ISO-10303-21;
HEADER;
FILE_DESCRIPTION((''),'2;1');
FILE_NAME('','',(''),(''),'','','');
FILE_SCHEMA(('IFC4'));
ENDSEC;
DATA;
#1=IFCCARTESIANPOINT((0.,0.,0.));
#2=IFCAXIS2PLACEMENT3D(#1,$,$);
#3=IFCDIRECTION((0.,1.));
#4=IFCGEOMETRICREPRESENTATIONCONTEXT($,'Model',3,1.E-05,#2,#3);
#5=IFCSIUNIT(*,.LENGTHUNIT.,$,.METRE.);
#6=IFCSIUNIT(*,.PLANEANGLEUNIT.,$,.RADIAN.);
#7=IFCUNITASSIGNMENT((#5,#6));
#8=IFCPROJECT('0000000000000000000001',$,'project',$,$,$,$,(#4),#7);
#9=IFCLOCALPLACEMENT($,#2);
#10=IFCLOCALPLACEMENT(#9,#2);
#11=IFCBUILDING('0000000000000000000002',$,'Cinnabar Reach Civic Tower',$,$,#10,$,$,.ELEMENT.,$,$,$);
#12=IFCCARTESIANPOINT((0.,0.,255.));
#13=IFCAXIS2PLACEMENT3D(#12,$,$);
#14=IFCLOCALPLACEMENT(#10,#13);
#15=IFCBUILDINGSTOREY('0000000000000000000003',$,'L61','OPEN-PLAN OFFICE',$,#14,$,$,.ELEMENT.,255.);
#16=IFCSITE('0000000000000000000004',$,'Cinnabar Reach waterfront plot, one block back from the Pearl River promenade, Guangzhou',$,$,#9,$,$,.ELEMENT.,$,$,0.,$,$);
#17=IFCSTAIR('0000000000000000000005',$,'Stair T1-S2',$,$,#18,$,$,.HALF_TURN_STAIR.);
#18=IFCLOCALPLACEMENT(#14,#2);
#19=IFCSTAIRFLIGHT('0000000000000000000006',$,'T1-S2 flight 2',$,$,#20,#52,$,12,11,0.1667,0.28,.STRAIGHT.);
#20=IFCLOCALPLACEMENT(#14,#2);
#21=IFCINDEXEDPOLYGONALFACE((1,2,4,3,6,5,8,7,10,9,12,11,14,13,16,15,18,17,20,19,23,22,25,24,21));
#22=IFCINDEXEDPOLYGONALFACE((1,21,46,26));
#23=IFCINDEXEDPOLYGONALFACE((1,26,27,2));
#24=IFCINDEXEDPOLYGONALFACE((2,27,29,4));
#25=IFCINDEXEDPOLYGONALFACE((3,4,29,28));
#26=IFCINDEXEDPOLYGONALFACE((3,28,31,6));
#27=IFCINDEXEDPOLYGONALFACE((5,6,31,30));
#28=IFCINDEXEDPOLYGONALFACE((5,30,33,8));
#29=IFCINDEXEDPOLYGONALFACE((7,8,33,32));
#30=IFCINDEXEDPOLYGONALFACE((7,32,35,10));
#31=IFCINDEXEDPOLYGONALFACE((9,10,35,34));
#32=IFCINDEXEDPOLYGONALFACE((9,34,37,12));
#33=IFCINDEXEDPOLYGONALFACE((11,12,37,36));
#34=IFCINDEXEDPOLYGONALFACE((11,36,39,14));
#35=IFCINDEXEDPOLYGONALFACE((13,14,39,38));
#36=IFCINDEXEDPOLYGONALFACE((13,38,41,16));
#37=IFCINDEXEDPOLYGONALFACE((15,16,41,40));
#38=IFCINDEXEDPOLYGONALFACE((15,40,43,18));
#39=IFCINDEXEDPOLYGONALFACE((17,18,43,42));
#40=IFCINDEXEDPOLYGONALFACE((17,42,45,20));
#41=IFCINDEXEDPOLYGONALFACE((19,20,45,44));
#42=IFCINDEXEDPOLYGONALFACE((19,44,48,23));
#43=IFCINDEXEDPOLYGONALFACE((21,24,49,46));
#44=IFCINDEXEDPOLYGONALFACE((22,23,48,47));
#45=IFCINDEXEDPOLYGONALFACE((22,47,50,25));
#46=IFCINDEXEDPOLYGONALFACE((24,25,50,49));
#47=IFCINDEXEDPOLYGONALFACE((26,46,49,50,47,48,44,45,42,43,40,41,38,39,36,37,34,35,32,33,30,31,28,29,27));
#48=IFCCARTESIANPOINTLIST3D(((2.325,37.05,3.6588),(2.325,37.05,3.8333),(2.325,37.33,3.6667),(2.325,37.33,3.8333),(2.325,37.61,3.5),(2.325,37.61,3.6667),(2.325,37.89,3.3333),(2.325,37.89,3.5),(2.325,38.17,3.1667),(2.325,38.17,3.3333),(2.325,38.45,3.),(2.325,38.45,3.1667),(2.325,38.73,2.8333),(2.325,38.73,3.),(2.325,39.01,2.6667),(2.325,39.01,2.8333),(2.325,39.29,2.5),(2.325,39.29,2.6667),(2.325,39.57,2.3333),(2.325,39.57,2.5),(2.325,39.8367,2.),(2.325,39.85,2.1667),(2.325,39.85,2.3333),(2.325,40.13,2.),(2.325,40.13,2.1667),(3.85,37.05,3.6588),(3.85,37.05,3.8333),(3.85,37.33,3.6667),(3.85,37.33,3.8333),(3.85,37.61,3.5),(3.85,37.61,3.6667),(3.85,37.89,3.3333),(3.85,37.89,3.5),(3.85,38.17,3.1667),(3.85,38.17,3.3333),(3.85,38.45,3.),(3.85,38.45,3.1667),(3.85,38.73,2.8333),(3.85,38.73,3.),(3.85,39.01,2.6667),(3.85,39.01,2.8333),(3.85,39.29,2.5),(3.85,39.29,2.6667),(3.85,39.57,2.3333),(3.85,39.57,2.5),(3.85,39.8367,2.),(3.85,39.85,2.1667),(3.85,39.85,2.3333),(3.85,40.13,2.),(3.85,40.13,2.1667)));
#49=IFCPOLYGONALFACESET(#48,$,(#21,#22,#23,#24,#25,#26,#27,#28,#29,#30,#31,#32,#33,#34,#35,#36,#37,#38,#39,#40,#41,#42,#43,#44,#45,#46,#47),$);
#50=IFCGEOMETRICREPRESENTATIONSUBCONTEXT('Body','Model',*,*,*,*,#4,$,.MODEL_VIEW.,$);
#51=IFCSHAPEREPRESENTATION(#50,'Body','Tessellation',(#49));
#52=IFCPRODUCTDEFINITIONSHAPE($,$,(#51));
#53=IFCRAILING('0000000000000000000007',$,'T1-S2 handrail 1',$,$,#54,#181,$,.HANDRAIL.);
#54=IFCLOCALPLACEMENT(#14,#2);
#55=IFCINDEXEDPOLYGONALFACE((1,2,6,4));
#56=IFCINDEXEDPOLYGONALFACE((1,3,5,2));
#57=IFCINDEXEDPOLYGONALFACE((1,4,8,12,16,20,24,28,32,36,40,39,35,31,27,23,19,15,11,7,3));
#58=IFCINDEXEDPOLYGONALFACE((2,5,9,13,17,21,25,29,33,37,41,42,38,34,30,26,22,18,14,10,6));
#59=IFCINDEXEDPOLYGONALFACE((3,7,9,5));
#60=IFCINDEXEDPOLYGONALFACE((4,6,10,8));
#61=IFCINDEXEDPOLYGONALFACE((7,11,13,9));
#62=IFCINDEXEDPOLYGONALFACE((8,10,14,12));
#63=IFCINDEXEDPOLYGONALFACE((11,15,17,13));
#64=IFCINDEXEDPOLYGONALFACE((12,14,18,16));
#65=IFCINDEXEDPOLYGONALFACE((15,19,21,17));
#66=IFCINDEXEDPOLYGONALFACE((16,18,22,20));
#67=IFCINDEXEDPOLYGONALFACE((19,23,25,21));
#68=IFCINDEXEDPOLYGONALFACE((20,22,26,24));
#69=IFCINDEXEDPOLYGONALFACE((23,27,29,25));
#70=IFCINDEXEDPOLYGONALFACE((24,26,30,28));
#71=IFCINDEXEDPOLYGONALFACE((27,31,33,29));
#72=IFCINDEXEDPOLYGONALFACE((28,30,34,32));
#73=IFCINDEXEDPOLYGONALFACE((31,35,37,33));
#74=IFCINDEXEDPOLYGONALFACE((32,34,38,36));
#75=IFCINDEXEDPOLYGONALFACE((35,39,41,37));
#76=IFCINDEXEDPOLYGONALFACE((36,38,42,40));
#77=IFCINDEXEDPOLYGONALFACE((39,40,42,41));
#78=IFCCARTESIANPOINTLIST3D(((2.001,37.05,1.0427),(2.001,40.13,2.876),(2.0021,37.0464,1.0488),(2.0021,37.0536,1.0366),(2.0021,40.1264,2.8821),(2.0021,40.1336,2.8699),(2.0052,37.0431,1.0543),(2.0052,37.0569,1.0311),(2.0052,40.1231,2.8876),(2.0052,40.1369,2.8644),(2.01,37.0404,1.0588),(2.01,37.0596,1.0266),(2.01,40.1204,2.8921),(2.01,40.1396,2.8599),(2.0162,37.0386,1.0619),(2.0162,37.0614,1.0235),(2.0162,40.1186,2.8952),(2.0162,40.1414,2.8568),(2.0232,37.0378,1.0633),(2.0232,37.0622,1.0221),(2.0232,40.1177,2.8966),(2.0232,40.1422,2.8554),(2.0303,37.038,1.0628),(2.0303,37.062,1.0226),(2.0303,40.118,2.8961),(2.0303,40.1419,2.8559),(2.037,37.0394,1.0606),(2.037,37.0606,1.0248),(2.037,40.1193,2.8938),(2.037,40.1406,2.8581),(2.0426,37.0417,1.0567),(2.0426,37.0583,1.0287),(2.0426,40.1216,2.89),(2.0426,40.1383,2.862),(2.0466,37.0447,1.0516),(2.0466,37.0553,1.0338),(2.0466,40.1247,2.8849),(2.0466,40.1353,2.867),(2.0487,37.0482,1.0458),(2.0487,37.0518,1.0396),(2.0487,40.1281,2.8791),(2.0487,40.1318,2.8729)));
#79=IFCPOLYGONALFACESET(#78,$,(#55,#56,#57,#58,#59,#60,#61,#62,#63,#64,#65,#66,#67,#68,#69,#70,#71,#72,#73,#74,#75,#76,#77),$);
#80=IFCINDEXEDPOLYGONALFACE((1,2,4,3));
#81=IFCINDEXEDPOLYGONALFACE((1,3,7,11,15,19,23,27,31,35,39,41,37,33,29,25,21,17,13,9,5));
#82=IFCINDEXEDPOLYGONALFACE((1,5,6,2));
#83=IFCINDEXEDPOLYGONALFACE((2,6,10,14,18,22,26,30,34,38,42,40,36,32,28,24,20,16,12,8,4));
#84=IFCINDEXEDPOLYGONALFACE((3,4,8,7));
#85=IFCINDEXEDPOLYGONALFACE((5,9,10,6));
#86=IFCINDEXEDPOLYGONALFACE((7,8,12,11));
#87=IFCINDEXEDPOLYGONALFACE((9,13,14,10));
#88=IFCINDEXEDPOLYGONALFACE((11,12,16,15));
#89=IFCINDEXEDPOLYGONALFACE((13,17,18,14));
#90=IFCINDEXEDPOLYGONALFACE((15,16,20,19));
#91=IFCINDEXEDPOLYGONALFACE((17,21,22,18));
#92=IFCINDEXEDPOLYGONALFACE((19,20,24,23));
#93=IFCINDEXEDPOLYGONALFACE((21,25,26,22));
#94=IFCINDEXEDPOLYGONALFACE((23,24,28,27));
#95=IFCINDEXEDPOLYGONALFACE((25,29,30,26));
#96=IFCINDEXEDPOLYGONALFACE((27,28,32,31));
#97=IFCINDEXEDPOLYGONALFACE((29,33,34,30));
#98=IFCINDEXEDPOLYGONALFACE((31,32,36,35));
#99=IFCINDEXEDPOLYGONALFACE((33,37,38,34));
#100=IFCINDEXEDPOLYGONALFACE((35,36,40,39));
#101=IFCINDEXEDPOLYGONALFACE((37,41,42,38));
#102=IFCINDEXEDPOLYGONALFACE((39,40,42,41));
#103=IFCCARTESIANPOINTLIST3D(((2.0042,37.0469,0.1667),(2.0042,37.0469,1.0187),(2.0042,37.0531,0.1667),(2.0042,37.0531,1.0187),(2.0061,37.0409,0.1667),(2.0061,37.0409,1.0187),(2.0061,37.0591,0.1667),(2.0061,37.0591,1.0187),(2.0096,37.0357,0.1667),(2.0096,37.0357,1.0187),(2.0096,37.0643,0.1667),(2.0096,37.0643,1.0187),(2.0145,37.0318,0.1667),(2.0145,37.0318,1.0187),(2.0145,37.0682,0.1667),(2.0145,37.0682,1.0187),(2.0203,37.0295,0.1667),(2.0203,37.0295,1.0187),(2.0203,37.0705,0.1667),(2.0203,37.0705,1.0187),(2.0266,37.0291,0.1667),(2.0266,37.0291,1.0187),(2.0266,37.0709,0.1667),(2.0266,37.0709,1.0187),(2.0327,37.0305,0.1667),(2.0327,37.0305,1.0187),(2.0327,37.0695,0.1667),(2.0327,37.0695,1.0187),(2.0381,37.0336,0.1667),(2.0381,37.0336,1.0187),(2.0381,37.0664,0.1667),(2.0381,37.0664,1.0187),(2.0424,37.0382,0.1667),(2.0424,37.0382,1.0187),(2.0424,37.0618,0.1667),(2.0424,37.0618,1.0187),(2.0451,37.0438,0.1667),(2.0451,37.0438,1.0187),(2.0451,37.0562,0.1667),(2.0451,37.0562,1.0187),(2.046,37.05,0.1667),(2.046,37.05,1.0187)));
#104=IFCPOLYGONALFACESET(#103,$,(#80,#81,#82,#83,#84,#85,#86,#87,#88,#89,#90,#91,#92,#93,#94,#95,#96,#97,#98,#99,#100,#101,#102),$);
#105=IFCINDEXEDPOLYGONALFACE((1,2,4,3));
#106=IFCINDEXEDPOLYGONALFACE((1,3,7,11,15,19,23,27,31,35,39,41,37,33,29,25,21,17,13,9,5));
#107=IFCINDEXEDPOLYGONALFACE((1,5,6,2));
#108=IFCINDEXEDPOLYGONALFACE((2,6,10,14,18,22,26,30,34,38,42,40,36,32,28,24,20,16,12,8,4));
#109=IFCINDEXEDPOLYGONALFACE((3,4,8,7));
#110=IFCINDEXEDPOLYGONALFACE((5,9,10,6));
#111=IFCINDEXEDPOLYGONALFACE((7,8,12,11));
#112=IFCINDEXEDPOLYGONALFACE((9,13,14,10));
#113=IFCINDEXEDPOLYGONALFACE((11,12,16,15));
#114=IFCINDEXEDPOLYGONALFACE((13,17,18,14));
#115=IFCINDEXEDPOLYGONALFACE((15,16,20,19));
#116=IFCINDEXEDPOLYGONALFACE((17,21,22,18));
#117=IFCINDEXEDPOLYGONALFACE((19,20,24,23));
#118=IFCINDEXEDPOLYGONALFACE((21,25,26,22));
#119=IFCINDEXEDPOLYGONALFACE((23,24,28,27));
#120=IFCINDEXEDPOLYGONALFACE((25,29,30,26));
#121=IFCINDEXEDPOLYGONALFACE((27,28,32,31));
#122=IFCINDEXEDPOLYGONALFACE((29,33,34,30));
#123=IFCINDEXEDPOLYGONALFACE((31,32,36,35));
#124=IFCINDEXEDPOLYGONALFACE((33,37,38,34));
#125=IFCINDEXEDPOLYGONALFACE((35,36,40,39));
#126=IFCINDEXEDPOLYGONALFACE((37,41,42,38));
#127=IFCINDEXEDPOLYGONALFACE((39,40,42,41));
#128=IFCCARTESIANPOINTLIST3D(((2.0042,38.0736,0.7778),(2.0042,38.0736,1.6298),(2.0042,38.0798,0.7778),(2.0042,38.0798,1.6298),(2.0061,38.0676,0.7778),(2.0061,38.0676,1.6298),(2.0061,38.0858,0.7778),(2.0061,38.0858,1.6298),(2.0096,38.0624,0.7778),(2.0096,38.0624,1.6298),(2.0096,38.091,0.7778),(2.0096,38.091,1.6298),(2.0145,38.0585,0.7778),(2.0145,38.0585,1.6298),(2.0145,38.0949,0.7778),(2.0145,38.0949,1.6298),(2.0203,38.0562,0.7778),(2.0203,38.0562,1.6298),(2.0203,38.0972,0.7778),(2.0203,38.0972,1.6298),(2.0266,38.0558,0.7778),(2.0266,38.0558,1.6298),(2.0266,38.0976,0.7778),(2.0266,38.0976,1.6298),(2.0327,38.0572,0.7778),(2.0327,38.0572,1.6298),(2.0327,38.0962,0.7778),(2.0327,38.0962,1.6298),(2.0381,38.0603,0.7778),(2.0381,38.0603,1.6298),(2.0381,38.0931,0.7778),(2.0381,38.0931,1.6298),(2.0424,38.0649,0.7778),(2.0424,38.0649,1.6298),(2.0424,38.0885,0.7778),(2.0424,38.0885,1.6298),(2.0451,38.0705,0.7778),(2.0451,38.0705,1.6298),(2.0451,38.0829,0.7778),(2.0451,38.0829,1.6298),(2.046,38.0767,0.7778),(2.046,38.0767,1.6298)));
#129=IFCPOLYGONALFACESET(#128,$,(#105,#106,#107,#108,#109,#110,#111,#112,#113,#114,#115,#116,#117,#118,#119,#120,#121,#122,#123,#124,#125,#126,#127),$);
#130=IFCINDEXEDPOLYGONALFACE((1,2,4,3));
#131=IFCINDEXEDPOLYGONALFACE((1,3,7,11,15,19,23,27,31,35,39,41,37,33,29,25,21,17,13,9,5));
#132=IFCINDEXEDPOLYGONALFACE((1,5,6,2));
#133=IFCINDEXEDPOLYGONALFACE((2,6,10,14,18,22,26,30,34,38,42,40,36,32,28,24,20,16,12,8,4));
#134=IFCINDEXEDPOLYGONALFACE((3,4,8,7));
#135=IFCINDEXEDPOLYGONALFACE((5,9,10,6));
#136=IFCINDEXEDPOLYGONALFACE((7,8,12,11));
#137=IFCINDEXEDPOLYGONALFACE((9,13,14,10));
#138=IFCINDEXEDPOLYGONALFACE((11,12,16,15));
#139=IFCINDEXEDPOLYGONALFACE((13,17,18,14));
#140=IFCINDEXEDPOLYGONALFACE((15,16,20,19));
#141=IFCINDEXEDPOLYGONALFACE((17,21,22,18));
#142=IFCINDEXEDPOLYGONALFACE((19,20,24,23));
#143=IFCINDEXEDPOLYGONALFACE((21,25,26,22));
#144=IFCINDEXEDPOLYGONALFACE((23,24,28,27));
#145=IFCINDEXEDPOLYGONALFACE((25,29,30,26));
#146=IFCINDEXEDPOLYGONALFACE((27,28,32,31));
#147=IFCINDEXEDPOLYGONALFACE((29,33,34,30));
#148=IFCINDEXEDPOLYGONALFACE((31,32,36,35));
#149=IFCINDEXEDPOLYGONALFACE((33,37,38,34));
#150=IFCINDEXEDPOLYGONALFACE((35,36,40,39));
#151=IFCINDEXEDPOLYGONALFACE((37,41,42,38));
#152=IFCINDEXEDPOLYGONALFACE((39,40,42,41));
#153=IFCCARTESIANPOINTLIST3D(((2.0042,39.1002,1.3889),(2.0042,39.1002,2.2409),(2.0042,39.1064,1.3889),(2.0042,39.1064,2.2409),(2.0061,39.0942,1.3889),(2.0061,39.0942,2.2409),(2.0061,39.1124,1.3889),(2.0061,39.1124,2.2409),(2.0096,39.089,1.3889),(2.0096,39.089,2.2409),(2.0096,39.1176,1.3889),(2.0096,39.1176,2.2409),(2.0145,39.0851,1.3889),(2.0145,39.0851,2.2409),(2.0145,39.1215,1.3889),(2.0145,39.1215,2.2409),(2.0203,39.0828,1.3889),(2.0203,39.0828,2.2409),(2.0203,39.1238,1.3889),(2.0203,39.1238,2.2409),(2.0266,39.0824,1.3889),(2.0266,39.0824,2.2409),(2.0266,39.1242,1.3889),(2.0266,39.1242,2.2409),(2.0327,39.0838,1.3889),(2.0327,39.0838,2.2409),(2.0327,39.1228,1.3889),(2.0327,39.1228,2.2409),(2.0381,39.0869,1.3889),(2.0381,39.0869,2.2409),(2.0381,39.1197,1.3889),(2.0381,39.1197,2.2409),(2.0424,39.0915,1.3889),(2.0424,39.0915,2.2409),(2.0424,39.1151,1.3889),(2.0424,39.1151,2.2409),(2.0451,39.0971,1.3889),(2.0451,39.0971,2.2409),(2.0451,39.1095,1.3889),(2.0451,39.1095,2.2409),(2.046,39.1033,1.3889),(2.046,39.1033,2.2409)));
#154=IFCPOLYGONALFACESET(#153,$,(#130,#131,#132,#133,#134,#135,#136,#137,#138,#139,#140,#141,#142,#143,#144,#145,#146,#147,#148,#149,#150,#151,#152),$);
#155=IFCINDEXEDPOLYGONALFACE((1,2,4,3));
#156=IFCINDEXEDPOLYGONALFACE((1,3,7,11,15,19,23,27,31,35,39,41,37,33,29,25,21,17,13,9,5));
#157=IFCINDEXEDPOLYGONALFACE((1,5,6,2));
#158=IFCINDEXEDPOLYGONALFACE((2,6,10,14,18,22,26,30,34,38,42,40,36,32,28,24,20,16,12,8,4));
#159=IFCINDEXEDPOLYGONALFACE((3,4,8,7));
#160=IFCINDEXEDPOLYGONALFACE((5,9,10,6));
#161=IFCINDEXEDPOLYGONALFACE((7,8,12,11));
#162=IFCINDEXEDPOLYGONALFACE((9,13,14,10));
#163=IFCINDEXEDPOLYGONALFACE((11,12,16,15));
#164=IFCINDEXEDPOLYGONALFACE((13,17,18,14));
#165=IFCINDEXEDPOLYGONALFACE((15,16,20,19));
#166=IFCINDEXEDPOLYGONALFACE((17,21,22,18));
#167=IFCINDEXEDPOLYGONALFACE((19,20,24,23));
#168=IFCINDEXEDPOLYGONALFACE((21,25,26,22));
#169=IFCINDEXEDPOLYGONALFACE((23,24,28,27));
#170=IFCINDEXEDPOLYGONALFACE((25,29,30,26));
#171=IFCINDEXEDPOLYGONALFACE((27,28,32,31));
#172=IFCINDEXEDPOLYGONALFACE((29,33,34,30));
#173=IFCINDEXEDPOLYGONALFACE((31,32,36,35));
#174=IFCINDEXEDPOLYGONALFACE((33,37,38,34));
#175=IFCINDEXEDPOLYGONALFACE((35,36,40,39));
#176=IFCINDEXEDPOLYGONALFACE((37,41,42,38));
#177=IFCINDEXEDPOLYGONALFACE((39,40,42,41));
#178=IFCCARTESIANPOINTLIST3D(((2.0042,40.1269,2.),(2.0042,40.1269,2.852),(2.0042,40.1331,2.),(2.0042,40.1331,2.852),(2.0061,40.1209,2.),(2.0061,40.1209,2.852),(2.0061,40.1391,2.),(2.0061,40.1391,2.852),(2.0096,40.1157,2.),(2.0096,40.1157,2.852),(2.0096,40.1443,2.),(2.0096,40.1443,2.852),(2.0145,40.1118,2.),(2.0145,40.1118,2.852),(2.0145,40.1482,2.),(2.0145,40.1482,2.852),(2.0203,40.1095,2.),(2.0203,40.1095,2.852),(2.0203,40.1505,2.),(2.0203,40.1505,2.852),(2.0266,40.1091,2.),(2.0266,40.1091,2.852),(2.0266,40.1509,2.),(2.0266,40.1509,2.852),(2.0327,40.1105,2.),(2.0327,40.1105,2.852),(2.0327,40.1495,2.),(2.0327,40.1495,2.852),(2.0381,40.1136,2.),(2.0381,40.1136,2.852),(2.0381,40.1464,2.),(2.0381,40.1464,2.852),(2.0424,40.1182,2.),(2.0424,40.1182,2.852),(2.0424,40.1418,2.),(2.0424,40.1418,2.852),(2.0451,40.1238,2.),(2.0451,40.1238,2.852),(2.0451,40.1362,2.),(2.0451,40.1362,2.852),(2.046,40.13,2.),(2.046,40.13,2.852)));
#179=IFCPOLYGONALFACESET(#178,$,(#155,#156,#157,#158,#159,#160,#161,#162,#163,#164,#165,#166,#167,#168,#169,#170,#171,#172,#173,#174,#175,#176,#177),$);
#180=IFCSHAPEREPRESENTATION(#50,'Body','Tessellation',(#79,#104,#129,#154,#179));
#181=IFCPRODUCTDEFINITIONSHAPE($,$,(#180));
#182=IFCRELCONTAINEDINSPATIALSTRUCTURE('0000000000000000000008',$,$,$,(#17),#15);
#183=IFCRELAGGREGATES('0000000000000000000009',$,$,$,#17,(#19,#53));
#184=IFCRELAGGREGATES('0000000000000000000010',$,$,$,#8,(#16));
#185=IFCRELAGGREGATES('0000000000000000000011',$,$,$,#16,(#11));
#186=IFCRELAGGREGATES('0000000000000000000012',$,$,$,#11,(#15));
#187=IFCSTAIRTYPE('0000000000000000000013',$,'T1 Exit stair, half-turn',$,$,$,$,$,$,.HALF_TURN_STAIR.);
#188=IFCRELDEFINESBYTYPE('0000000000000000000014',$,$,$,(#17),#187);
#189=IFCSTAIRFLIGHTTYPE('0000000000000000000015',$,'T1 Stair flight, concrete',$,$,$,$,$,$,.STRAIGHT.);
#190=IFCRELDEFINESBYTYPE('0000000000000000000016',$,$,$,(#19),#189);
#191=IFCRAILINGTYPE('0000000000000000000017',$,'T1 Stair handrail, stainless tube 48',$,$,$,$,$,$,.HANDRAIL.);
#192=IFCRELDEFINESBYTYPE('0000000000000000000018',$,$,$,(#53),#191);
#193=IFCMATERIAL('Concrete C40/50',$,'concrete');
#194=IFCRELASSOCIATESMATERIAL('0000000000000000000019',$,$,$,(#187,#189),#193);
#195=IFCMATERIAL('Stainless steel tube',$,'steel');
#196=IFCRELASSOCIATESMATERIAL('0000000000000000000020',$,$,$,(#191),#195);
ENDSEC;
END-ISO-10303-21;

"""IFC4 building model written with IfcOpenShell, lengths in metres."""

from ifc_helpers import new_model, si_unit, direction, frame, origin, origin_2d, place, context, subcontext, project, spatial, polyline, circle, outline, extrude, material, type_object, element, aggregate, save


model = new_model("IFC4")

# Units and contexts
model_context = context("Model", 3, precision=1e-05, world=origin(), true_north=direction((0.0, 1.0)))
body_context = subcontext(model_context, "Body", "Model", "MODEL_VIEW")
ifc_project = project(units=[si_unit("LENGTHUNIT", "METRE"), si_unit("PLANEANGLEUNIT", "RADIAN")], contexts=[model_context])

# Site, building, storey
site_placement = place(None, origin())
site = spatial("IfcSite", under=ifc_project, at=site_placement, Name="Cinnabar Reach waterfront plot, one block back from the Pearl River promenade, Guangzhou", CompositionType="ELEMENT", RefElevation=0.0)
building_placement = place(site_placement, origin())
building = spatial("IfcBuilding", under=site, at=building_placement, Name="Cinnabar Reach Civic Tower", CompositionType="ELEMENT")
storey_placement = place(building_placement, frame((0.0, 0.0, 255.0)))
storey = spatial("IfcBuildingStorey", under=building, at=storey_placement, Name="L61", Description="OPEN-PLAN OFFICE", CompositionType="ELEMENT", Elevation=255.0)

# Shared definitions
ifc_material_1 = material(Name="Concrete C40/50", Category="concrete")

# Stair, stair flight, railing
stair_type = type_object("IfcStairType", Name="T1 Exit stair, half-turn", PredefinedType="HALF_TURN_STAIR", material=ifc_material_1)
stair_placement = place(storey_placement, origin())
stair = element("IfcStair", 1, at=stair_placement, inside=storey, type_object=stair_type, Name="Stair T1-S2", PredefinedType="HALF_TURN_STAIR")
stair_flight_type = type_object("IfcStairFlightType", Name="T1 Stair flight, concrete", PredefinedType="STRAIGHT", material=ifc_material_1)
stair_flight_1_placement = place(storey_placement, frame((3.0875, 40.13, 2.0), z_axis=(0.0, 0.0, 1.0), x_axis=(0.0, -1.0, 0.0)))
stair_flight_1 = element("IfcStairFlight", 2, at=stair_flight_1_placement, type_object=stair_flight_type, Name="T1-S2 flight 2", NumberOfRisers=12, NumberOfTreads=11, PredefinedType="STRAIGHT", RiserHeight=0.1667, TreadLength=0.28, context=body_context, shape_type="SweptSolid", body=[
    extrude(outline(polyline([(0.0, 0.0), (0.0, 0.1667), (0.28, 0.1667), (0.28, 0.3333), (0.56, 0.3333), (0.56, 0.5), (0.84, 0.5), (0.84, 0.6667), (1.12, 0.6667), (1.12, 0.8333), (1.4, 0.8333), (1.4, 1.0), (1.68, 1.0), (1.68, 1.1667), (1.96, 1.1667), (1.96, 1.3333), (2.24, 1.3333), (2.24, 1.5), (2.52, 1.5), (2.52, 1.6667), (2.8, 1.6667), (2.8, 1.8333), (3.08, 1.8333), (3.08, 2.0), (3.08, 1.6588), (0.2933, 0.0), (0.0, 0.0)])), frame((0.0, 0.7625, 0.0), z_axis=(0.0, -1.0, 0.0), x_axis=(1.0, 0.0, 0.0)), (0.0, 0.0, 1.0), 1.525),
])
ifc_material_2 = material(Name="Stainless steel tube", Category="steel")
railing_type = type_object("IfcRailingType", Name="T1 Stair handrail, stainless tube 48", PredefinedType="HANDRAIL", material=ifc_material_2)
railing_1_placement = place(storey_placement, frame((2.025, 37.05, 0.1667)))
railing_1 = element("IfcRailing", 3, at=railing_1_placement, type_object=railing_type, Name="T1-S2 handrail 1", PredefinedType="HANDRAIL", context=body_context, shape_type="SweptSolid", body=[
    extrude(circle(Radius=0.024, at=origin_2d()), frame((0.0, 0.0, 0.876), z_axis=(0.0, 0.859297, 0.511477), x_axis=(-1.0, 0.0, 0.0)), (0.0, 0.0, 1.0), 3.5843),
    extrude(circle(Radius=0.021, at=origin_2d()), origin(), (0.0, 0.0, 1.0), 0.852),
    extrude(circle(Radius=0.021, at=origin_2d()), frame((0.0, 1.0267, 0.6111)), (0.0, 0.0, 1.0), 0.852),
    extrude(circle(Radius=0.021, at=origin_2d()), frame((0.0, 2.0533, 1.2222)), (0.0, 0.0, 1.0), 0.852),
    extrude(circle(Radius=0.021, at=origin_2d()), frame((0.0, 3.08, 1.8333)), (0.0, 0.0, 1.0), 0.852),
])
aggregate(stair, [stair_flight_1, railing_1])

save(model, "model.ifc")
